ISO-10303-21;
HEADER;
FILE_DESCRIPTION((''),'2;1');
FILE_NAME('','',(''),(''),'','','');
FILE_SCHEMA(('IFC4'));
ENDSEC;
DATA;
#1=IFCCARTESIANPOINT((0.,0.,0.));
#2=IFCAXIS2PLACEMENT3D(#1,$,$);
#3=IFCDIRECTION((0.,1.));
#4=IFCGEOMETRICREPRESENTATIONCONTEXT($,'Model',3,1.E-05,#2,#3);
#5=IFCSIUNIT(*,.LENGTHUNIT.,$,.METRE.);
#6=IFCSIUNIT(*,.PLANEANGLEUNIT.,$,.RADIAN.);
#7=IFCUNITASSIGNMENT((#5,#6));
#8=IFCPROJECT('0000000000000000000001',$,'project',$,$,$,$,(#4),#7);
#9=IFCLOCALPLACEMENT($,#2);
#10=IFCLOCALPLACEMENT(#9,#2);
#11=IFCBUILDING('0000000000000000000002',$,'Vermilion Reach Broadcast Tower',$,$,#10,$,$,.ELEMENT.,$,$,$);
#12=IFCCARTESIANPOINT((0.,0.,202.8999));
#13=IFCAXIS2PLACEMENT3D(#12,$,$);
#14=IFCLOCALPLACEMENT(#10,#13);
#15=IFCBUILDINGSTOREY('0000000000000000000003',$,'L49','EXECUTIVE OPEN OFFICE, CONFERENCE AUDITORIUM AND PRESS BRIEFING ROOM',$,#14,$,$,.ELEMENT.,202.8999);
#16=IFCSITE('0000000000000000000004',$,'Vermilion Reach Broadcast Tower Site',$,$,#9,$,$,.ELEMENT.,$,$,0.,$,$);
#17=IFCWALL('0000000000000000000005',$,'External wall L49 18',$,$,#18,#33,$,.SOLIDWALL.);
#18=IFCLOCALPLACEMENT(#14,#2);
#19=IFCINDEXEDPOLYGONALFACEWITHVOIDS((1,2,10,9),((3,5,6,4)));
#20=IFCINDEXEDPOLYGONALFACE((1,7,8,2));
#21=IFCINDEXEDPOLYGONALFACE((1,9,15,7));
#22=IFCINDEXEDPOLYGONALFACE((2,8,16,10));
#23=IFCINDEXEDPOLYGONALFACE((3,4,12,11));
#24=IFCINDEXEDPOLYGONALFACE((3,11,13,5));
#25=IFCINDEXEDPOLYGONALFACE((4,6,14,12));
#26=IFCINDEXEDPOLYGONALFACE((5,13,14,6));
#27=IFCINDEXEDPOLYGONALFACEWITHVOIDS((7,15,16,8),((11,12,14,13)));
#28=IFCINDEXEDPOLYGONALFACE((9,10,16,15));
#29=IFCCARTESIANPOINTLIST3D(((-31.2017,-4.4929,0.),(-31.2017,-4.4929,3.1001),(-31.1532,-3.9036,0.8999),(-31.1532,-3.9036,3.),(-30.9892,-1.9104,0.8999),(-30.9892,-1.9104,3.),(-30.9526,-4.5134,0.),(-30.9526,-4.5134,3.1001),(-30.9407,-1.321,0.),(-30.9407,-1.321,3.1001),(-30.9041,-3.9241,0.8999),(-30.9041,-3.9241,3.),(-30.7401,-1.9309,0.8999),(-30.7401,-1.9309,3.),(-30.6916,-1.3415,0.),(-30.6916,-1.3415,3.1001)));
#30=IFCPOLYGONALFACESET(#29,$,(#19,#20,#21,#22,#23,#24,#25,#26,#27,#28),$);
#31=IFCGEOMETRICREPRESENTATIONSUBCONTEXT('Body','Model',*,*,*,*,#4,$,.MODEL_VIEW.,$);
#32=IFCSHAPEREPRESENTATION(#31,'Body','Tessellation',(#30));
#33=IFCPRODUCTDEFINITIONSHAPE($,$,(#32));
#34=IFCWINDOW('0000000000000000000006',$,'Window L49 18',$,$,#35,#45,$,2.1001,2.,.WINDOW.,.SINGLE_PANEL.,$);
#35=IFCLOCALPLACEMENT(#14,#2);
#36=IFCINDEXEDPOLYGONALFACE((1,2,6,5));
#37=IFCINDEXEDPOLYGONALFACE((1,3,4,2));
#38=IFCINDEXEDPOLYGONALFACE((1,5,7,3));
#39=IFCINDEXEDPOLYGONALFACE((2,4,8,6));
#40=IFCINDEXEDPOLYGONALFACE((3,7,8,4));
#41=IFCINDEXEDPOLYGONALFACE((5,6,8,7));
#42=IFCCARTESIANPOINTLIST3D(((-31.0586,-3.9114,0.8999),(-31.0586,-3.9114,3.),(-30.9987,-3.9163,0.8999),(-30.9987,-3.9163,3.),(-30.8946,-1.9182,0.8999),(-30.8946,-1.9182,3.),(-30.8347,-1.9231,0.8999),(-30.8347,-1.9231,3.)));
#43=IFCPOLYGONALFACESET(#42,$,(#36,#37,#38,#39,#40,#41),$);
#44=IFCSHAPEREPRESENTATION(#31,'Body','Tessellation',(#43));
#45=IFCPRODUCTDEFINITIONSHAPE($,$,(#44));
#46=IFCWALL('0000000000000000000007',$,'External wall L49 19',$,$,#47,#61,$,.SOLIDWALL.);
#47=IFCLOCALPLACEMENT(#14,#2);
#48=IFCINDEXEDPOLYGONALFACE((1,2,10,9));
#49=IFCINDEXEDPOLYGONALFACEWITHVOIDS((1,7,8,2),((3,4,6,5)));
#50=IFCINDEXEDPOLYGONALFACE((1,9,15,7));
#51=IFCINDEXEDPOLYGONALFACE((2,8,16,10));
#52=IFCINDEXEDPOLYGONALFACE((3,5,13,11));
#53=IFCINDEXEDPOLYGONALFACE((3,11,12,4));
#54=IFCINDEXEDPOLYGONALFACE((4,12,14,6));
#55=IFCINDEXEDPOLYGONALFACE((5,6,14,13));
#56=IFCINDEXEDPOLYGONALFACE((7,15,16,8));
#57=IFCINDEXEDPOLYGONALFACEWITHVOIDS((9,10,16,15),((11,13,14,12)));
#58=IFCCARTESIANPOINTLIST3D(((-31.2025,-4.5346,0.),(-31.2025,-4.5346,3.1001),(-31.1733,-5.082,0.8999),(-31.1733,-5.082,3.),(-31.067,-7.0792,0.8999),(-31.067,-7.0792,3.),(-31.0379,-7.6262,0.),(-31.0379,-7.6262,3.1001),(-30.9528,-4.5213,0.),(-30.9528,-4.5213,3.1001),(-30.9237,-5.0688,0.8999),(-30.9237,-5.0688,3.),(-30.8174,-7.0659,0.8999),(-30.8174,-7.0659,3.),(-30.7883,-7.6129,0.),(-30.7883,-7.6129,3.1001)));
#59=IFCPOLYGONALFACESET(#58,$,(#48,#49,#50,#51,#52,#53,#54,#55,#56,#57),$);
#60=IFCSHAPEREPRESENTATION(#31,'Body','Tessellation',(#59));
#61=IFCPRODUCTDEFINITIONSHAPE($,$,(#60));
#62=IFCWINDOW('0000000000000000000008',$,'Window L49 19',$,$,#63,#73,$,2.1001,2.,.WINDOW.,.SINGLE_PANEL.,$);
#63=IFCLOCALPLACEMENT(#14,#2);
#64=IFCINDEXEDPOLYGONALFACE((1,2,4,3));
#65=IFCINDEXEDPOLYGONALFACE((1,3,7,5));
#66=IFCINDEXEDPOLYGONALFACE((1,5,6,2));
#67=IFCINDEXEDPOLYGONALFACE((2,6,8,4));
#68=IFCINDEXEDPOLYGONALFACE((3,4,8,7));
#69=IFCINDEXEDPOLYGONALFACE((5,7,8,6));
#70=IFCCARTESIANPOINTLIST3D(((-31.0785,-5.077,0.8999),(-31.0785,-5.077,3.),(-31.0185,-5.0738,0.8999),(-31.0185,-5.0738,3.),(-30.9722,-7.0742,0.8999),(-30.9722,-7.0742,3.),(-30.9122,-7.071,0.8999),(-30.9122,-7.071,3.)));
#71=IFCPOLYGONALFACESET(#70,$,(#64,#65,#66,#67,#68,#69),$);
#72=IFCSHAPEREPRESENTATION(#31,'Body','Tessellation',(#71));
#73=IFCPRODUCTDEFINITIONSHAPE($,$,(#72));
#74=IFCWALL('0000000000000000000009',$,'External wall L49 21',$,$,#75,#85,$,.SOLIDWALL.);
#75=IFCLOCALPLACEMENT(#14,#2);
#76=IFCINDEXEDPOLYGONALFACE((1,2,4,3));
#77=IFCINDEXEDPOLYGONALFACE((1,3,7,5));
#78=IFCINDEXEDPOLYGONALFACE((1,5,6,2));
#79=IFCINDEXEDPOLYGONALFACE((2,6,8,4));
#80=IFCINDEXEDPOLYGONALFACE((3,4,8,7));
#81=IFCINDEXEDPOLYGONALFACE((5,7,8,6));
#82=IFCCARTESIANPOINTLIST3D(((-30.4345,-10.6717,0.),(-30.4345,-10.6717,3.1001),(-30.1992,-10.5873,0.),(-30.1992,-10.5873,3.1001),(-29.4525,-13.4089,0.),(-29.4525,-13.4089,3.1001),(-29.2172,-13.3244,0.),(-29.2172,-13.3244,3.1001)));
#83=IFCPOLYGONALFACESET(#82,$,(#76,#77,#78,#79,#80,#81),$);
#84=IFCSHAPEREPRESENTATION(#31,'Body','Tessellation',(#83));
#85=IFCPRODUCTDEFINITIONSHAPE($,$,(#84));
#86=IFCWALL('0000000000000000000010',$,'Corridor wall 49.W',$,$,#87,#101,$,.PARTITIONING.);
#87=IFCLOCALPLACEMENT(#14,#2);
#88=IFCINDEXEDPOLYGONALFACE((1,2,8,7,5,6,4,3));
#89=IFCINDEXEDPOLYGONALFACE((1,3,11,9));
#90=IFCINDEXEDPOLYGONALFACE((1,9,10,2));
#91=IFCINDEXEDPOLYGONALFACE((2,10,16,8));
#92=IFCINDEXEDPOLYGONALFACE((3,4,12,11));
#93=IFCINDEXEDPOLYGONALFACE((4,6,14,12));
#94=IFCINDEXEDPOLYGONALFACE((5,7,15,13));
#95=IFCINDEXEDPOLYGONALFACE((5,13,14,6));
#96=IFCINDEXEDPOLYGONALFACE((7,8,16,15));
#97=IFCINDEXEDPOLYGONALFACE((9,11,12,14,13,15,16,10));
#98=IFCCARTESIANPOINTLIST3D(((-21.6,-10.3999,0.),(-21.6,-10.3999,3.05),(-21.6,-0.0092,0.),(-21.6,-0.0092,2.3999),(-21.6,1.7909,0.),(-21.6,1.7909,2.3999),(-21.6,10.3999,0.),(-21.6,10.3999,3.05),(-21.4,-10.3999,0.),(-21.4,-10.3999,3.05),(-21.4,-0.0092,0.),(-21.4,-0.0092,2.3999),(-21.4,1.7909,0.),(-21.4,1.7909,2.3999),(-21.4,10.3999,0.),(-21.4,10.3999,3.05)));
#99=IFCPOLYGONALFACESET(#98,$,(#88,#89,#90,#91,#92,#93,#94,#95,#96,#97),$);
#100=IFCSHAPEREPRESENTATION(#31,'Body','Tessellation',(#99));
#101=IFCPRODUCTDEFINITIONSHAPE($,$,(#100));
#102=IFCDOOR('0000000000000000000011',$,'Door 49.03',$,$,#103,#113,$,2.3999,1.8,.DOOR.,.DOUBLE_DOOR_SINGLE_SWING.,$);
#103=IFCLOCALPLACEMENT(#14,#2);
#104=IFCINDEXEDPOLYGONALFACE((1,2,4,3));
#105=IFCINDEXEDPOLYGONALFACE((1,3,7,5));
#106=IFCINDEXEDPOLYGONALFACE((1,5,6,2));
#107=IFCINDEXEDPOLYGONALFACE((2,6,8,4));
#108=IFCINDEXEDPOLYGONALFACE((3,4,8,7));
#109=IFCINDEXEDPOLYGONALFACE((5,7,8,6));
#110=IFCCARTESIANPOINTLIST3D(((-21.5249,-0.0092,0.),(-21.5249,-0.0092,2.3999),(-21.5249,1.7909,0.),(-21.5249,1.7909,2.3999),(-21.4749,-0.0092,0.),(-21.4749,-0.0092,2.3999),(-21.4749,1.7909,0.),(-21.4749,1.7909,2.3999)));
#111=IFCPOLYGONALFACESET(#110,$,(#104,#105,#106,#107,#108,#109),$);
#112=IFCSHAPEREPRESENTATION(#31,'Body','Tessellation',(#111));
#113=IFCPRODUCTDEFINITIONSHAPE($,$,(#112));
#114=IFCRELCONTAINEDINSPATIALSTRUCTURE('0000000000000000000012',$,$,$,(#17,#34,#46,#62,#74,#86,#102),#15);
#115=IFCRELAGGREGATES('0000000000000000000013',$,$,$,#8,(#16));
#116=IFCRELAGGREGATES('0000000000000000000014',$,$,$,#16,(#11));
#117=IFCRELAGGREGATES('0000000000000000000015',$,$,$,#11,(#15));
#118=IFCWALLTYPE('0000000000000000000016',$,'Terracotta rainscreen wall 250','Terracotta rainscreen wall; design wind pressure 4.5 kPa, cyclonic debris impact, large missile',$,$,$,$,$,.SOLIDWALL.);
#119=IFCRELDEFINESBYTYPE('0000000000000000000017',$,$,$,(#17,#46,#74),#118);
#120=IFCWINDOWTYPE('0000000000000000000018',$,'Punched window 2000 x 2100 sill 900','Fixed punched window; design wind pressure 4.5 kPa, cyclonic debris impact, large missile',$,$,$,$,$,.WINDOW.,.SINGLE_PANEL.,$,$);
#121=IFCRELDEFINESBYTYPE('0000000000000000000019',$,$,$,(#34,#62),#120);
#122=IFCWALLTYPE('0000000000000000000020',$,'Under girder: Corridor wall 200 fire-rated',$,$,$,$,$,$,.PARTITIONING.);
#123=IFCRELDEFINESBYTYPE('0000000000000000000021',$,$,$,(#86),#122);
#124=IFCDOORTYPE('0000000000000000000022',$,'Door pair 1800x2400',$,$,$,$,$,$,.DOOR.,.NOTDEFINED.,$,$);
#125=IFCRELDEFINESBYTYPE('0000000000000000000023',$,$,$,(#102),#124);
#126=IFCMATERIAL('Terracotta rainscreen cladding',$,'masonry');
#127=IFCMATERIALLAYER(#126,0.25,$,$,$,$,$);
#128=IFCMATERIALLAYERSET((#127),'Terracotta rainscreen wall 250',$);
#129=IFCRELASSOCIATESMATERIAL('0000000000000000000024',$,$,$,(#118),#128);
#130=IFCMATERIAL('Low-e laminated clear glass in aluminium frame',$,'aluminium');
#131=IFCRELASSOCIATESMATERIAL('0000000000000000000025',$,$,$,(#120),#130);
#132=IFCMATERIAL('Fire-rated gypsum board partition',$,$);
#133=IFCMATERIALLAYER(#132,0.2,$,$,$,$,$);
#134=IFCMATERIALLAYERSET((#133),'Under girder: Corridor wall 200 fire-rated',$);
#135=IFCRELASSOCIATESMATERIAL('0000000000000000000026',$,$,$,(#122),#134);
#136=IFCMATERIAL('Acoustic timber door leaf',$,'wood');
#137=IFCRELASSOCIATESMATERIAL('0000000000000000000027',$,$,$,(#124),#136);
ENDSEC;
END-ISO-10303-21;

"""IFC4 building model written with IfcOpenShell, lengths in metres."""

from ifc_helpers import new_model, si_unit, direction, frame, frame_2d, origin, place, context, subcontext, project, spatial, rectangle, extrude, material, layer, layer_set, type_object, element, fill, save


model = new_model("IFC4")

# Units and contexts
model_context = context("Model", 3, precision=1e-05, world=origin(), true_north=direction((0.0, 1.0)))
body_context = subcontext(model_context, "Body", "Model", "MODEL_VIEW")
ifc_project = project(units=[si_unit("LENGTHUNIT", "METRE"), si_unit("PLANEANGLEUNIT", "RADIAN")], contexts=[model_context])

# Site, building, storey
site_placement = place(None, origin())
site = spatial("IfcSite", under=ifc_project, at=site_placement, Name="Vermilion Reach Broadcast Tower Site", CompositionType="ELEMENT", RefElevation=0.0)
building_placement = place(site_placement, origin())
building = spatial("IfcBuilding", under=site, at=building_placement, Name="Vermilion Reach Broadcast Tower", CompositionType="ELEMENT")
storey_placement = place(building_placement, frame((0.0, 0.0, 202.8999)))
storey = spatial("IfcBuildingStorey", under=building, at=storey_placement, Name="L49", Description="EXECUTIVE OPEN OFFICE, CONFERENCE AUDITORIUM AND PRESS BRIEFING ROOM", CompositionType="ELEMENT", Elevation=202.8999)

# Walls, openings, windows
ifc_material_1 = material(Name="Terracotta rainscreen cladding", Category="masonry")
ifc_layer_1 = layer(ifc_material_1, 0.25)
ifc_layer_set_1 = layer_set([ifc_layer_1], Name="Terracotta rainscreen wall 250")
wall_type_1 = type_object("IfcWallType", Name="Terracotta rainscreen wall 250", Description="Terracotta rainscreen wall; design wind pressure 4.5 kPa, cyclonic debris impact, large missile", PredefinedType="SOLIDWALL", material=ifc_layer_set_1)
wall_1_placement = place(storey_placement, frame((-30.8162, -1.3313, 0.0), z_axis=(0.0, 0.0, 1.0), x_axis=(-0.082004, -0.996632, 0.0)))
wall_1 = element("IfcWall", 1, at=wall_1_placement, inside=storey, type_object=wall_type_1, Name="External wall L49 18", PredefinedType="SOLIDWALL", context=body_context, shape_type="SweptSolid", body=[
    extrude(rectangle(XDim=3.1826, YDim=0.25, at=frame_2d((1.5913, 0.0))), origin(), (0.0, 0.0, 1.0), 3.1001),
])
opening_1_placement = place(wall_1_placement, frame((0.5913, 0.0, 0.8999)))
opening_1 = element("IfcOpeningElement", 2, at=opening_1_placement, cuts=wall_1, PredefinedType="OPENING", context=body_context, shape_type="SweptSolid", body=[
    extrude(rectangle(XDim=2.0, YDim=2.1001, at=frame_2d((1.0, 1.05))), frame((0.0, 0.135, 0.0), z_axis=(0.0, -1.0, 0.0), x_axis=(1.0, 0.0, 0.0)), (0.0, 0.0, 1.0), 0.27),
])
ifc_material_2 = material(Name="Low-e laminated clear glass in aluminium frame", Category="aluminium")
window_type = type_object("IfcWindowType", Name="Punched window 2000 x 2100 sill 900", Description="Fixed punched window; design wind pressure 4.5 kPa, cyclonic debris impact, large missile", PartitioningType="SINGLE_PANEL", PredefinedType="WINDOW", material=ifc_material_2)
window_1_placement = place(opening_1_placement, origin())
window_1 = element("IfcWindow", 3, at=window_1_placement, inside=storey, type_object=window_type, Name="Window L49 18", OverallHeight=2.1001, OverallWidth=2.0, PartitioningType="SINGLE_PANEL", PredefinedType="WINDOW", context=body_context, shape_type="SweptSolid", body=[
    extrude(rectangle(XDim=2.0, YDim=2.1001, at=frame_2d((1.0, 1.05))), frame((0.0, 0.03, 0.0), z_axis=(0.0, -1.0, 0.0), x_axis=(1.0, 0.0, 0.0)), (0.0, 0.0, 1.0), 0.0601),
])
fill(opening_1, window_1)
wall_2_placement = place(storey_placement, frame((-31.0776, -4.5281, 0.0), z_axis=(0.0, 0.0, 1.0), x_axis=(0.053151, -0.998587, 0.0)))
wall_2 = element("IfcWall", 4, at=wall_2_placement, inside=storey, type_object=wall_type_1, Name="External wall L49 19", PredefinedType="SOLIDWALL", context=body_context, shape_type="SweptSolid", body=[
    extrude(rectangle(XDim=3.0959, YDim=0.25, at=frame_2d((1.5479, 0.0))), origin(), (0.0, 0.0, 1.0), 3.1001),
])
opening_2_placement = place(wall_2_placement, frame((0.5481, 0.0, 0.8999)))
opening_2 = element("IfcOpeningElement", 5, at=opening_2_placement, cuts=wall_2, PredefinedType="OPENING", context=body_context, shape_type="SweptSolid", body=[
    extrude(rectangle(XDim=2.0, YDim=2.1001, at=frame_2d((1.0, 1.05))), frame((0.0, 0.135, 0.0), z_axis=(0.0, -1.0, 0.0), x_axis=(1.0, 0.0, 0.0)), (0.0, 0.0, 1.0), 0.27),
])
window_2_placement = place(opening_2_placement, origin())
window_2 = element("IfcWindow", 6, at=window_2_placement, inside=storey, type_object=window_type, Name="Window L49 19", OverallHeight=2.1001, OverallWidth=2.0, PartitioningType="SINGLE_PANEL", PredefinedType="WINDOW", context=body_context, shape_type="SweptSolid", body=[
    extrude(rectangle(XDim=2.0, YDim=2.1001, at=frame_2d((1.0, 1.05))), frame((0.0, 0.03, 0.0), z_axis=(0.0, -1.0, 0.0), x_axis=(1.0, 0.0, 0.0)), (0.0, 0.0, 1.0), 0.0601),
])
fill(opening_2, window_2)

# Wall
wall_3_placement = place(storey_placement, frame((-30.3169, -10.6294, 0.0), z_axis=(0.0, 0.0, 1.0), x_axis=(0.337682, -0.94126, 0.0)))
element("IfcWall", 7, at=wall_3_placement, inside=storey, type_object=wall_type_1, Name="External wall L49 21", PredefinedType="SOLIDWALL", context=body_context, shape_type="SweptSolid", body=[
    extrude(rectangle(XDim=2.908, YDim=0.25, at=frame_2d((1.4541, 0.0))), origin(), (0.0, 0.0, 1.0), 3.1001),
])

# Wall, opening, door
ifc_material_3 = material(Name="Fire-rated gypsum board partition")
ifc_layer_2 = layer(ifc_material_3, 0.2)
ifc_layer_set_2 = layer_set([ifc_layer_2], Name="Under girder: Corridor wall 200 fire-rated")
wall_type_2 = type_object("IfcWallType", Name="Under girder: Corridor wall 200 fire-rated", PredefinedType="PARTITIONING", material=ifc_layer_set_2)
wall_4_placement = place(storey_placement, frame((-21.5, -10.3999, 0.0), z_axis=(0.0, 0.0, 1.0), x_axis=(0.0, 1.0, 0.0)))
wall_4 = element("IfcWall", 8, at=wall_4_placement, inside=storey, type_object=wall_type_2, Name="Corridor wall 49.W", PredefinedType="PARTITIONING", context=body_context, shape_type="SweptSolid", body=[
    extrude(rectangle(XDim=20.7998, YDim=0.2, at=frame_2d((10.3999, 0.0))), origin(), (0.0, 0.0, 1.0), 3.05),
])
opening_3_placement = place(wall_4_placement, frame((10.3909, 0.0, 0.0)))
opening_3 = element("IfcOpeningElement", 9, at=opening_3_placement, cuts=wall_4, PredefinedType="OPENING", context=body_context, shape_type="SweptSolid", body=[
    extrude(rectangle(XDim=1.8, YDim=2.3999, at=frame_2d((0.8999, 1.2))), frame((0.0, 0.1099, 0.0), z_axis=(0.0, -1.0, 0.0), x_axis=(1.0, 0.0, 0.0)), (0.0, 0.0, 1.0), 0.22),
])
ifc_material_4 = material(Name="Acoustic timber door leaf", Category="wood")
door_type_1 = type_object("IfcDoorType", Name="Door pair 1800x2400", OperationType="NOTDEFINED", PredefinedType="DOOR", material=ifc_material_4)
door_1_placement = place(opening_3_placement, origin())
door_1 = element("IfcDoor", 10, at=door_1_placement, inside=storey, type_object=door_type_1, Name="Door 49.03", OperationType="DOUBLE_DOOR_SINGLE_SWING", OverallHeight=2.3999, OverallWidth=1.8, PredefinedType="DOOR", context=body_context, shape_type="SweptSolid", body=[
    extrude(rectangle(XDim=1.8, YDim=2.3999, at=frame_2d((0.8999, 1.2))), frame((0.0, 0.0249, 0.0), z_axis=(0.0, -1.0, 0.0), x_axis=(1.0, 0.0, 0.0)), (0.0, 0.0, 1.0), 0.05),
])
fill(opening_3, door_1)

save(model, "model.ifc")
